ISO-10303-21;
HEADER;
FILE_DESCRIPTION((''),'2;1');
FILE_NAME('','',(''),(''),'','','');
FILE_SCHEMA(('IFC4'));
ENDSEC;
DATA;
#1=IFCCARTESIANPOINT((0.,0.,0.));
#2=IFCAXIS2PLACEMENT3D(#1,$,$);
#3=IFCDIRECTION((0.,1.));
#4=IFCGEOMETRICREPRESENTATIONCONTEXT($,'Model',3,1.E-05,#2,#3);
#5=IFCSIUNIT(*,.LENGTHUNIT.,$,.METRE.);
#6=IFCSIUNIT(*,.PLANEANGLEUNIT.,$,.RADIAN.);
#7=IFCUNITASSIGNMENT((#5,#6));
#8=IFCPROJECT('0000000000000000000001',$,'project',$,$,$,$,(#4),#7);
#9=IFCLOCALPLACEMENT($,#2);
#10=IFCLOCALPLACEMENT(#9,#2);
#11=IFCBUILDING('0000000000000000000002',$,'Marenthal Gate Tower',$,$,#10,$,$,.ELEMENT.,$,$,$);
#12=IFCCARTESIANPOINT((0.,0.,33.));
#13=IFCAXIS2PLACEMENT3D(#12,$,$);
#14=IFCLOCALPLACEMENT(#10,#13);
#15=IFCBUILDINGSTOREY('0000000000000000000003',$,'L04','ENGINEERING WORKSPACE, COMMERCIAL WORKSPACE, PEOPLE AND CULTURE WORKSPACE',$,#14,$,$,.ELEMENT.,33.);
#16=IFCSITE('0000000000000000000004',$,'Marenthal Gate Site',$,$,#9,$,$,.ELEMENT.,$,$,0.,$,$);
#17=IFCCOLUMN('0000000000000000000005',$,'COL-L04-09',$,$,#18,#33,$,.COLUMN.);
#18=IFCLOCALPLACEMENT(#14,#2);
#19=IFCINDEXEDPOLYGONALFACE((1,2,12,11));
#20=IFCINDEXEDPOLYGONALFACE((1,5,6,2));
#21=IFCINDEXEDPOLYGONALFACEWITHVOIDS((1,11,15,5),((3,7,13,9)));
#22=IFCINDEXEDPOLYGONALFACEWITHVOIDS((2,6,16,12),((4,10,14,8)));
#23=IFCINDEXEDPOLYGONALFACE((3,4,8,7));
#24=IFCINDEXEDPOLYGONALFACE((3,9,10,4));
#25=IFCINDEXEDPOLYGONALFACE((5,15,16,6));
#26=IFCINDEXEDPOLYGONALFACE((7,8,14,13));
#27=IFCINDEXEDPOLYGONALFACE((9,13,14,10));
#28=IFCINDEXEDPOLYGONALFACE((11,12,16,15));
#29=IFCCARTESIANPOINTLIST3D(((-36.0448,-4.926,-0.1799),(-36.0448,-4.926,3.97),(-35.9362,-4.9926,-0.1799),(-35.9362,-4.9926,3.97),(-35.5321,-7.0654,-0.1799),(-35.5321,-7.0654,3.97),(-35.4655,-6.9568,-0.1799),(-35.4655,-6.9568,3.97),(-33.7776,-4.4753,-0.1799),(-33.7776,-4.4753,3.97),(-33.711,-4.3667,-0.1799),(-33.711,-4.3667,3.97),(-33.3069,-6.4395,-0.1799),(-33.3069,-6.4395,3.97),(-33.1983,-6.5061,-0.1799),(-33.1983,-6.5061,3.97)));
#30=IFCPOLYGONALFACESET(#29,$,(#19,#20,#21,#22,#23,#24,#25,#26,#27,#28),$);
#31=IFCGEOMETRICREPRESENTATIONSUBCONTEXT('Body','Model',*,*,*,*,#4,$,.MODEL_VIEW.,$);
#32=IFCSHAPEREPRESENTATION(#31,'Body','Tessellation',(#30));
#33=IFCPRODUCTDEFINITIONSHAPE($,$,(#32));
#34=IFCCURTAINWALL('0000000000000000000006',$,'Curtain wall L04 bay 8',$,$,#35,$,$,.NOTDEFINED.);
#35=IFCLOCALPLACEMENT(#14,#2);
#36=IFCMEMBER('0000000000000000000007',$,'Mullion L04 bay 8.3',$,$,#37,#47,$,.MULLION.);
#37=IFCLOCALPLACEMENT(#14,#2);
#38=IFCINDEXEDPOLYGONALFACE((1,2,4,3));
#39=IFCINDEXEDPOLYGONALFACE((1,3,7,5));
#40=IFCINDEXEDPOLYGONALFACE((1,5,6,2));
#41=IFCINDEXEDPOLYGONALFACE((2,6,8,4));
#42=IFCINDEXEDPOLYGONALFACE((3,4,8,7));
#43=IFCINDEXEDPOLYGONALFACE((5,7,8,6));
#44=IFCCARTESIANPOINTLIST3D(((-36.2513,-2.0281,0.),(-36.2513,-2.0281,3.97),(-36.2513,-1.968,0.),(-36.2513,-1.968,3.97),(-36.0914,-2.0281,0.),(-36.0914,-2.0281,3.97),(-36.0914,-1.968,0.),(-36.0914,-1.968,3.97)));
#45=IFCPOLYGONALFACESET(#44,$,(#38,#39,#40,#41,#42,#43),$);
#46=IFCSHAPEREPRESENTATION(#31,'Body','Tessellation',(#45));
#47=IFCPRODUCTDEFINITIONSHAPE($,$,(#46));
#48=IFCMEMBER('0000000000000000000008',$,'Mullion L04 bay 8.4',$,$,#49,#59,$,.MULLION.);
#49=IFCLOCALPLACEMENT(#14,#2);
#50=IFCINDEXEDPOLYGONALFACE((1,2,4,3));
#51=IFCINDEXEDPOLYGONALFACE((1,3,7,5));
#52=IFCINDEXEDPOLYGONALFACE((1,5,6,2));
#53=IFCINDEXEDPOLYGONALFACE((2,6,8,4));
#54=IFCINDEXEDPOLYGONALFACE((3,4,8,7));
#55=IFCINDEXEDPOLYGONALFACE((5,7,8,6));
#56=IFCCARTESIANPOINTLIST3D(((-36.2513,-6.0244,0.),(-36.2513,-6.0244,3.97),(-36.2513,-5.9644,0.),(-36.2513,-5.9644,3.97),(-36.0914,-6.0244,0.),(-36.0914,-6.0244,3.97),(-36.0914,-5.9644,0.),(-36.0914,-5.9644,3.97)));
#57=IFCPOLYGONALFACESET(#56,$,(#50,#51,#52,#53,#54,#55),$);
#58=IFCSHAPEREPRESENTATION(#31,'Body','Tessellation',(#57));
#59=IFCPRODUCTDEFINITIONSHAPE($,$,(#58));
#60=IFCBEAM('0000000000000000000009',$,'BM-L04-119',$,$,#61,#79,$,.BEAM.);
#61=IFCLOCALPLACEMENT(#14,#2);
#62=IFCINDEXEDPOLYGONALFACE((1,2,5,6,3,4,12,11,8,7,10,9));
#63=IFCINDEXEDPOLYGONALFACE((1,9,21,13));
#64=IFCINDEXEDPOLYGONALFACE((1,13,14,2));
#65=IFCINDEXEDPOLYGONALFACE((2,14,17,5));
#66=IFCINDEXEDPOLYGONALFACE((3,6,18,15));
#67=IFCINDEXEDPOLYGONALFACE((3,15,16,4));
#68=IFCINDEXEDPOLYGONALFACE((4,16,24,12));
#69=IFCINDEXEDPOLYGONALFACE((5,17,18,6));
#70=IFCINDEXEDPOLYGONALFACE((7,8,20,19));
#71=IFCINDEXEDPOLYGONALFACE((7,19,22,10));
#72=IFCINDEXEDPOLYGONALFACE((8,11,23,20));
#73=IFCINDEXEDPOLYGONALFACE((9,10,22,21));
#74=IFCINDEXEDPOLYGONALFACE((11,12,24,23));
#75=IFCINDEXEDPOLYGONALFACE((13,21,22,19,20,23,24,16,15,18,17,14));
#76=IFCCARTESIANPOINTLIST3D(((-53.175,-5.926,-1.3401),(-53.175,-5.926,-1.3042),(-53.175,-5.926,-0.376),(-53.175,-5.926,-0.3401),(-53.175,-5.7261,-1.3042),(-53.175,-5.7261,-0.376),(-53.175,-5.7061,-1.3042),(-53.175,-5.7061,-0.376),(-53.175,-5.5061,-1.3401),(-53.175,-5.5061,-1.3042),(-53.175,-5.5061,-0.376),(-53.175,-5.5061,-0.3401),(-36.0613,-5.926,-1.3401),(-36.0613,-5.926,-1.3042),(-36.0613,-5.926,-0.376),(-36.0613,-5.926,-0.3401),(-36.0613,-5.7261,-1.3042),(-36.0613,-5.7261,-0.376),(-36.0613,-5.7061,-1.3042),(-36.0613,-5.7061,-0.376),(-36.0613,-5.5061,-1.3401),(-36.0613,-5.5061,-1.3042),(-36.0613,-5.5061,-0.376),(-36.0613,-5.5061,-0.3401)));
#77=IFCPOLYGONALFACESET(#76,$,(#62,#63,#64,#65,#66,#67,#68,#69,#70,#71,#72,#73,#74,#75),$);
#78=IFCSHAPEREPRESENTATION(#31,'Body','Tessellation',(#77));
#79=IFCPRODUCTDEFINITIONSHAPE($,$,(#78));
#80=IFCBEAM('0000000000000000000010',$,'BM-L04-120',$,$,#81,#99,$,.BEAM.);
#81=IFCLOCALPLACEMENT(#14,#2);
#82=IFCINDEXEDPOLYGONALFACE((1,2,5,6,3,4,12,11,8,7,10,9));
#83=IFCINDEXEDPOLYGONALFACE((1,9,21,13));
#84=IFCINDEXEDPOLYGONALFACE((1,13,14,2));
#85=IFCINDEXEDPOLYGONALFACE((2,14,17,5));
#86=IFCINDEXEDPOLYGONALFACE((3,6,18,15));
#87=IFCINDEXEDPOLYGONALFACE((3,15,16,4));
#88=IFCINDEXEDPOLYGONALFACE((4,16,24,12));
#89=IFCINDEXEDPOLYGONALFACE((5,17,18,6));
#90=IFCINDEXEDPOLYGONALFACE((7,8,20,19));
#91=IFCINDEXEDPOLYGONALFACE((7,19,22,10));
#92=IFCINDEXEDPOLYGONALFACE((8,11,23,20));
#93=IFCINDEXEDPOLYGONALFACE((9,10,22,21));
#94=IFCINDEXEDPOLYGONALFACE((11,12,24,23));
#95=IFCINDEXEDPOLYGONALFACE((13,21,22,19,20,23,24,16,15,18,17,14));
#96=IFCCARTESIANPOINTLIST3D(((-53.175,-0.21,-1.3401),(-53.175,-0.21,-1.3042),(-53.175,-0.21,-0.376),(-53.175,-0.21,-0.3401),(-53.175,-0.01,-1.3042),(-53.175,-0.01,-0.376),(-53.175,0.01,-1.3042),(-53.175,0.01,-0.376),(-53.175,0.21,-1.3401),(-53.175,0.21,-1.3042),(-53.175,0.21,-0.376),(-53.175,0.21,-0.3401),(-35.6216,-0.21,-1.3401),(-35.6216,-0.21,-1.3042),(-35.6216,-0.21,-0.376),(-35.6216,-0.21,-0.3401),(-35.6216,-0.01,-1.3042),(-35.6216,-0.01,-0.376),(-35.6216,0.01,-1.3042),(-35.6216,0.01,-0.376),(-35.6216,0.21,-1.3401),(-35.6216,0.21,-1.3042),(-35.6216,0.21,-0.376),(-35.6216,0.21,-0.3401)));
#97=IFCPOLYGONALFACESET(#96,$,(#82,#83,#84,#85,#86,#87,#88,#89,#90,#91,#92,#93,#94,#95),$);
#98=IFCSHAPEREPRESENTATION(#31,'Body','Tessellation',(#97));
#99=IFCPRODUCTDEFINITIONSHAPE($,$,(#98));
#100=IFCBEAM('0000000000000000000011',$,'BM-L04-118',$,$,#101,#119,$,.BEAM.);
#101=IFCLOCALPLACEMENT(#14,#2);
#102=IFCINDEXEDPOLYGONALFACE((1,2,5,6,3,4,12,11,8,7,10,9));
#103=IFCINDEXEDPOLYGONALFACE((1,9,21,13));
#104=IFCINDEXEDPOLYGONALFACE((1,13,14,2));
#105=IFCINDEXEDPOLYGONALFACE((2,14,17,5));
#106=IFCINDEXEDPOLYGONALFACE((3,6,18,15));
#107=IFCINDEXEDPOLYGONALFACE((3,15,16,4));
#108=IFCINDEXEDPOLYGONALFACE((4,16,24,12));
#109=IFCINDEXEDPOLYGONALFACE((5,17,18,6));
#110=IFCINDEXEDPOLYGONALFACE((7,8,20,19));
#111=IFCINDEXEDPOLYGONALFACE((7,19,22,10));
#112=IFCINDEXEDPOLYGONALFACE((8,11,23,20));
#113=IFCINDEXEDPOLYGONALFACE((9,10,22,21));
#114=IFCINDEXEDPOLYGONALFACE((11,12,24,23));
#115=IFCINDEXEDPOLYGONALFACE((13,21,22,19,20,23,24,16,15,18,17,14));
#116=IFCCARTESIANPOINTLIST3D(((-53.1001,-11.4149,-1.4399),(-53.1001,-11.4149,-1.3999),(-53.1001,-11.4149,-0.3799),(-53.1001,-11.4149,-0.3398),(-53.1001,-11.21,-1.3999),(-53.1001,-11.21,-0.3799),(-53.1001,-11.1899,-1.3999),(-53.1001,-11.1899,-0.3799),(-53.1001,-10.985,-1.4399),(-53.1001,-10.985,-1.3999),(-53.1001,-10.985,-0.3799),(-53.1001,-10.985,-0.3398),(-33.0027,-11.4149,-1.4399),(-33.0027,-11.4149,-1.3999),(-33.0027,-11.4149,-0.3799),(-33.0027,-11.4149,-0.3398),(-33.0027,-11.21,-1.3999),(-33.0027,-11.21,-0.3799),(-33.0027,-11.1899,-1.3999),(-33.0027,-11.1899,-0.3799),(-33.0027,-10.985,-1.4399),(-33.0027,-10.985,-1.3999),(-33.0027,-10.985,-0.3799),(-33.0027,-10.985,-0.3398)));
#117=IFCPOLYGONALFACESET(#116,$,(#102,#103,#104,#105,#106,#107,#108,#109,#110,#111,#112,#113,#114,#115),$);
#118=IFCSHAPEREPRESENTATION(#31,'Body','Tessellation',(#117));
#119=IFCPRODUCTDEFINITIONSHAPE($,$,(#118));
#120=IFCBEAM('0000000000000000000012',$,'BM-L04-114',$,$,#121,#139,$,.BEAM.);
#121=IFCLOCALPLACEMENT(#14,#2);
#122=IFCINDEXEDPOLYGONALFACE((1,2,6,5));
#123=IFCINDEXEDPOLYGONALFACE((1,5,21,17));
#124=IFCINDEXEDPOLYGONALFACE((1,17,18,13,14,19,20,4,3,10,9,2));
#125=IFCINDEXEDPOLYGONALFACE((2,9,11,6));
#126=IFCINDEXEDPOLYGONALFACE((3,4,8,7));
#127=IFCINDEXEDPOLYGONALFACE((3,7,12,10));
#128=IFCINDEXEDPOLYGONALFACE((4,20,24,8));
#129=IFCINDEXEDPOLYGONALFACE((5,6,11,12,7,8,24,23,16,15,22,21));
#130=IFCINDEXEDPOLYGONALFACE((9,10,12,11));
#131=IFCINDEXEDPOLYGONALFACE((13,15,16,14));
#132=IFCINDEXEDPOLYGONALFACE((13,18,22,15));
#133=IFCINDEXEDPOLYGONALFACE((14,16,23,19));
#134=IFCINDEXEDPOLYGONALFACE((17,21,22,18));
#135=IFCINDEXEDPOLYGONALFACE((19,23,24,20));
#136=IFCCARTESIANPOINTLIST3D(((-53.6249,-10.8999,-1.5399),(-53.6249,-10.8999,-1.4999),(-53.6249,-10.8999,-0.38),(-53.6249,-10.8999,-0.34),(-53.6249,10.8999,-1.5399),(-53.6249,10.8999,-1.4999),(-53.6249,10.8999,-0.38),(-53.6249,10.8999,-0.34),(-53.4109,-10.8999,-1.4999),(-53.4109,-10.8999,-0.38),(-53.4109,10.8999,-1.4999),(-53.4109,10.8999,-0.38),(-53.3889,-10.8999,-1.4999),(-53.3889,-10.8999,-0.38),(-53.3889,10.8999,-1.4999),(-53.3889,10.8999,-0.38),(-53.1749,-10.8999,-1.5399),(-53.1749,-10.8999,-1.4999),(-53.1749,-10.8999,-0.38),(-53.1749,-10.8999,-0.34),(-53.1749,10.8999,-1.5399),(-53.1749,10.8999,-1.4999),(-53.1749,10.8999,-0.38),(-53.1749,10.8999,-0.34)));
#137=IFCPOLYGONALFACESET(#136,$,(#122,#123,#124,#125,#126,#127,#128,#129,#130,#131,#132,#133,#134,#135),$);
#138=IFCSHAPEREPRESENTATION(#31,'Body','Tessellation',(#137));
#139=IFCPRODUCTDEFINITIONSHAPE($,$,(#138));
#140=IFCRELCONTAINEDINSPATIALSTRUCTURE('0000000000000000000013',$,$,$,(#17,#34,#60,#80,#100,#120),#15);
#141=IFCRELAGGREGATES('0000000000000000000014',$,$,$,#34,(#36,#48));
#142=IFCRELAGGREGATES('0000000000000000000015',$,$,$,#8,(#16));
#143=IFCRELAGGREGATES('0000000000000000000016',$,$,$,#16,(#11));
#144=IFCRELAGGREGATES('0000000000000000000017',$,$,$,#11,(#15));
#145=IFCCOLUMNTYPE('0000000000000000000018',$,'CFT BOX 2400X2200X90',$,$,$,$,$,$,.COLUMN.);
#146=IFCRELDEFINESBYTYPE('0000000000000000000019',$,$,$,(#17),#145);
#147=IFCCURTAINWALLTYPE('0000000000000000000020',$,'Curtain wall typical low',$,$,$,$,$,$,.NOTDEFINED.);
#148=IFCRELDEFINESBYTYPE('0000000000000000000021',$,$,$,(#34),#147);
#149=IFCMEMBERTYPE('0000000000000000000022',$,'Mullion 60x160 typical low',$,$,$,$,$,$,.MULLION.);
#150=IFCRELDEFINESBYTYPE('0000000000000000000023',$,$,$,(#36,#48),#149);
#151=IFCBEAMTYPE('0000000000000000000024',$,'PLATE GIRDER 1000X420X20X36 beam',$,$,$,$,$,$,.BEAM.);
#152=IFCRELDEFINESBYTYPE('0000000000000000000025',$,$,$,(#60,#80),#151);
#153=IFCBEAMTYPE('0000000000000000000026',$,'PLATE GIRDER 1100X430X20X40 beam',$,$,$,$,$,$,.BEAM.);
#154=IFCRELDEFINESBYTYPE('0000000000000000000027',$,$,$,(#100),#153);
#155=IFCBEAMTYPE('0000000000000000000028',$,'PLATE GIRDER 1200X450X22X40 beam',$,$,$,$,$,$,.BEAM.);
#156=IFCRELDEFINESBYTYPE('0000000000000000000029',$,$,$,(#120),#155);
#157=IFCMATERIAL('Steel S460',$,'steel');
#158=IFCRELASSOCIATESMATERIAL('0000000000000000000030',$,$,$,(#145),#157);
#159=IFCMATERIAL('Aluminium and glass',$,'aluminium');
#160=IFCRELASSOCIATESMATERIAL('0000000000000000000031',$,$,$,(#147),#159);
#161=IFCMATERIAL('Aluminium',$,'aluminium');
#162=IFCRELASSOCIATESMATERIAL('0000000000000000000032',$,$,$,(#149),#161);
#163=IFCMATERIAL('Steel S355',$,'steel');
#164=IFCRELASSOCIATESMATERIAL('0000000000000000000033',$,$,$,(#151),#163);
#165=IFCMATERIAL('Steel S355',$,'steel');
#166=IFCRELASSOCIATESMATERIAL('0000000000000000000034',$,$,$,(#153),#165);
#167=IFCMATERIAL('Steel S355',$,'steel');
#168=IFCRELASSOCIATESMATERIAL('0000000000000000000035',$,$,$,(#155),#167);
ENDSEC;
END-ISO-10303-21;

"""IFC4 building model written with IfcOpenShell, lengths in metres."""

from ifc_helpers import new_model, si_unit, direction, frame, origin, origin_2d, place, context, subcontext, project, spatial, rectangle, hollow_rectangle, i_section, extrude, material, material_profile, profile_set, type_object, element, aggregate, save


model = new_model("IFC4")

# Units and contexts
model_context = context("Model", 3, precision=1e-05, world=origin(), true_north=direction((0.0, 1.0)))
body_context = subcontext(model_context, "Body", "Model", "MODEL_VIEW")
ifc_project = project(units=[si_unit("LENGTHUNIT", "METRE"), si_unit("PLANEANGLEUNIT", "RADIAN")], contexts=[model_context])

# Site, building, storey
site_placement = place(None, origin())
site = spatial("IfcSite", under=ifc_project, at=site_placement, Name="Marenthal Gate Site", CompositionType="ELEMENT", RefElevation=0.0)
building_placement = place(site_placement, origin())
building = spatial("IfcBuilding", under=site, at=building_placement, Name="Marenthal Gate Tower", CompositionType="ELEMENT")
storey_placement = place(building_placement, frame((0.0, 0.0, 33.0)))
storey = spatial("IfcBuildingStorey", under=building, at=storey_placement, Name="L04", Description="ENGINEERING WORKSPACE, COMMERCIAL WORKSPACE, PEOPLE AND CULTURE WORKSPACE", CompositionType="ELEMENT", Elevation=33.0)

# Column
ifc_material_1 = material(Name="Steel S460", Category="steel")
ifc_material_profile_1 = material_profile(ifc_material_1, hollow_rectangle(XDim=2.2, YDim=2.3999, WallThickness=0.0901, at=origin_2d()), Name="CFT BOX 2400X2200X90")
ifc_material_2 = material(Name="Concrete 70 MPa", Category="concrete")
ifc_material_profile_2 = material_profile(ifc_material_2, rectangle(XDim=2.02, YDim=2.22, at=origin_2d()), Name="CFT BOX 2400X2200X90 INFILL")
ifc_profile_set_1 = profile_set([ifc_material_profile_1, ifc_material_profile_2], Name="Steel S460 shell, Concrete 70 MPa infill")
column_type = type_object("IfcColumnType", Name="CFT BOX 2400X2200X90", PredefinedType="COLUMN", material=ifc_profile_set_1)
column_placement = place(storey_placement, frame((-34.6216, -5.7161, -0.1799), z_axis=(0.0, 0.0, 1.0), x_axis=(-0.233047, 0.972466, 0.0)))
element("IfcColumn", 1, at=column_placement, inside=storey, type_object=column_type, Name="COL-L04-09", PredefinedType="COLUMN", context=body_context, shape_type="SweptSolid", body=[
    extrude(hollow_rectangle(XDim=2.2, YDim=2.3999, WallThickness=0.0901, at=origin_2d()), origin(), (0.0, 0.0, 1.0), 4.1499),
])

# Curtain wall, members
ifc_material_3 = material(Name="Aluminium and glass", Category="aluminium")
curtain_wall_type = type_object("IfcCurtainWallType", Name="Curtain wall typical low", PredefinedType="NOTDEFINED", material=ifc_material_3)
curtain_wall_placement = place(storey_placement, origin())
curtain_wall = element("IfcCurtainWall", 2, at=curtain_wall_placement, inside=storey, type_object=curtain_wall_type, Name="Curtain wall L04 bay 8", PredefinedType="NOTDEFINED")
ifc_material_4 = material(Name="Aluminium", Category="aluminium")
ifc_material_profile_3 = material_profile(ifc_material_4, rectangle(XDim=0.1599, YDim=0.0601, at=origin_2d()), Name="60x160 aluminium mullion")
ifc_profile_set_2 = profile_set([ifc_material_profile_3], Name="Aluminium")
member_type = type_object("IfcMemberType", Name="Mullion 60x160 typical low", PredefinedType="MULLION", material=ifc_profile_set_2)
member_1_placement = place(storey_placement, frame((-36.1714, -1.998, 0.0), z_axis=(0.0, 0.0, 1.0), x_axis=(1.0, 0.0, 0.0)))
member_1 = element("IfcMember", 3, at=member_1_placement, type_object=member_type, Name="Mullion L04 bay 8.3", PredefinedType="MULLION", context=body_context, shape_type="SweptSolid", body=[
    extrude(rectangle(XDim=0.1599, YDim=0.0601, at=origin_2d()), origin(), (0.0, 0.0, 1.0), 3.97),
])
member_2_placement = place(storey_placement, frame((-36.1714, -5.9944, 0.0), z_axis=(0.0, 0.0, 1.0), x_axis=(1.0, 0.0, 0.0)))
member_2 = element("IfcMember", 4, at=member_2_placement, type_object=member_type, Name="Mullion L04 bay 8.4", PredefinedType="MULLION", context=body_context, shape_type="SweptSolid", body=[
    extrude(rectangle(XDim=0.1599, YDim=0.0601, at=origin_2d()), origin(), (0.0, 0.0, 1.0), 3.97),
])

# Beams
ifc_material_5 = material(Name="Steel S355", Category="steel")
ifc_material_profile_4 = material_profile(ifc_material_5, i_section(OverallWidth=0.4199, OverallDepth=1.0, WebThickness=0.02, FlangeThickness=0.0359, at=origin_2d()), Name="PLATE GIRDER 1000X420X20X36")
ifc_profile_set_3 = profile_set([ifc_material_profile_4], Name="Steel S355")
beam_type_1 = type_object("IfcBeamType", Name="PLATE GIRDER 1000X420X20X36 beam", PredefinedType="BEAM", material=ifc_profile_set_3)
beam_1_placement = place(storey_placement, frame((-36.0613, -5.7161, -0.8401), z_axis=(-1.0, 0.0, 0.0), x_axis=(0.0, -1.0, 0.0)))
element("IfcBeam", 5, at=beam_1_placement, inside=storey, type_object=beam_type_1, Name="BM-L04-119", PredefinedType="BEAM", context=body_context, shape_type="SweptSolid", body=[
    extrude(i_section(OverallWidth=0.4199, OverallDepth=1.0, WebThickness=0.02, FlangeThickness=0.0359, at=origin_2d()), origin(), (0.0, 0.0, 1.0), 17.1138),
])
beam_2_placement = place(storey_placement, frame((-35.6216, 0.0, -0.8401), z_axis=(-1.0, 0.0, 0.0), x_axis=(0.0, -1.0, 0.0)))
element("IfcBeam", 6, at=beam_2_placement, inside=storey, type_object=beam_type_1, Name="BM-L04-120", PredefinedType="BEAM", context=body_context, shape_type="SweptSolid", body=[
    extrude(i_section(OverallWidth=0.4199, OverallDepth=1.0, WebThickness=0.02, FlangeThickness=0.0359, at=origin_2d()), origin(), (0.0, 0.0, 1.0), 17.5535),
])
ifc_material_6 = material(Name="Steel S355", Category="steel")
ifc_material_profile_5 = material_profile(ifc_material_6, i_section(OverallWidth=0.4299, OverallDepth=1.1001, WebThickness=0.02, FlangeThickness=0.04, at=origin_2d()), Name="PLATE GIRDER 1100X430X20X40")
ifc_profile_set_4 = profile_set([ifc_material_profile_5], Name="Steel S355")
beam_type_2 = type_object("IfcBeamType", Name="PLATE GIRDER 1100X430X20X40 beam", PredefinedType="BEAM", material=ifc_profile_set_4)
beam_3_placement = place(storey_placement, frame((-33.0027, -11.2, -0.8899), z_axis=(-1.0, 0.0, 0.0), x_axis=(0.0, -1.0, 0.0)))
element("IfcBeam", 7, at=beam_3_placement, inside=storey, type_object=beam_type_2, Name="BM-L04-118", PredefinedType="BEAM", context=body_context, shape_type="SweptSolid", body=[
    extrude(i_section(OverallWidth=0.4299, OverallDepth=1.1001, WebThickness=0.02, FlangeThickness=0.04, at=origin_2d()), origin(), (0.0, 0.0, 1.0), 20.0974),
])
ifc_material_7 = material(Name="Steel S355", Category="steel")
ifc_material_profile_6 = material_profile(ifc_material_7, i_section(OverallWidth=0.45, OverallDepth=1.2, WebThickness=0.022, FlangeThickness=0.04, at=origin_2d()), Name="PLATE GIRDER 1200X450X22X40")
ifc_profile_set_5 = profile_set([ifc_material_profile_6], Name="Steel S355")
beam_type_3 = type_object("IfcBeamType", Name="PLATE GIRDER 1200X450X22X40 beam", PredefinedType="BEAM", material=ifc_profile_set_5)
beam_4_placement = place(storey_placement, frame((-53.3999, -10.8999, -0.9399), z_axis=(0.0, 1.0, 0.0), x_axis=(-1.0, 0.0, 0.0)))
element("IfcBeam", 8, at=beam_4_placement, inside=storey, type_object=beam_type_3, Name="BM-L04-114", PredefinedType="BEAM", context=body_context, shape_type="SweptSolid", body=[
    extrude(i_section(OverallWidth=0.45, OverallDepth=1.2, WebThickness=0.022, FlangeThickness=0.04, at=origin_2d()), origin(), (0.0, 0.0, 1.0), 21.7998),
])

aggregate(curtain_wall, [member_1, member_2])

save(model, "model.ifc")
